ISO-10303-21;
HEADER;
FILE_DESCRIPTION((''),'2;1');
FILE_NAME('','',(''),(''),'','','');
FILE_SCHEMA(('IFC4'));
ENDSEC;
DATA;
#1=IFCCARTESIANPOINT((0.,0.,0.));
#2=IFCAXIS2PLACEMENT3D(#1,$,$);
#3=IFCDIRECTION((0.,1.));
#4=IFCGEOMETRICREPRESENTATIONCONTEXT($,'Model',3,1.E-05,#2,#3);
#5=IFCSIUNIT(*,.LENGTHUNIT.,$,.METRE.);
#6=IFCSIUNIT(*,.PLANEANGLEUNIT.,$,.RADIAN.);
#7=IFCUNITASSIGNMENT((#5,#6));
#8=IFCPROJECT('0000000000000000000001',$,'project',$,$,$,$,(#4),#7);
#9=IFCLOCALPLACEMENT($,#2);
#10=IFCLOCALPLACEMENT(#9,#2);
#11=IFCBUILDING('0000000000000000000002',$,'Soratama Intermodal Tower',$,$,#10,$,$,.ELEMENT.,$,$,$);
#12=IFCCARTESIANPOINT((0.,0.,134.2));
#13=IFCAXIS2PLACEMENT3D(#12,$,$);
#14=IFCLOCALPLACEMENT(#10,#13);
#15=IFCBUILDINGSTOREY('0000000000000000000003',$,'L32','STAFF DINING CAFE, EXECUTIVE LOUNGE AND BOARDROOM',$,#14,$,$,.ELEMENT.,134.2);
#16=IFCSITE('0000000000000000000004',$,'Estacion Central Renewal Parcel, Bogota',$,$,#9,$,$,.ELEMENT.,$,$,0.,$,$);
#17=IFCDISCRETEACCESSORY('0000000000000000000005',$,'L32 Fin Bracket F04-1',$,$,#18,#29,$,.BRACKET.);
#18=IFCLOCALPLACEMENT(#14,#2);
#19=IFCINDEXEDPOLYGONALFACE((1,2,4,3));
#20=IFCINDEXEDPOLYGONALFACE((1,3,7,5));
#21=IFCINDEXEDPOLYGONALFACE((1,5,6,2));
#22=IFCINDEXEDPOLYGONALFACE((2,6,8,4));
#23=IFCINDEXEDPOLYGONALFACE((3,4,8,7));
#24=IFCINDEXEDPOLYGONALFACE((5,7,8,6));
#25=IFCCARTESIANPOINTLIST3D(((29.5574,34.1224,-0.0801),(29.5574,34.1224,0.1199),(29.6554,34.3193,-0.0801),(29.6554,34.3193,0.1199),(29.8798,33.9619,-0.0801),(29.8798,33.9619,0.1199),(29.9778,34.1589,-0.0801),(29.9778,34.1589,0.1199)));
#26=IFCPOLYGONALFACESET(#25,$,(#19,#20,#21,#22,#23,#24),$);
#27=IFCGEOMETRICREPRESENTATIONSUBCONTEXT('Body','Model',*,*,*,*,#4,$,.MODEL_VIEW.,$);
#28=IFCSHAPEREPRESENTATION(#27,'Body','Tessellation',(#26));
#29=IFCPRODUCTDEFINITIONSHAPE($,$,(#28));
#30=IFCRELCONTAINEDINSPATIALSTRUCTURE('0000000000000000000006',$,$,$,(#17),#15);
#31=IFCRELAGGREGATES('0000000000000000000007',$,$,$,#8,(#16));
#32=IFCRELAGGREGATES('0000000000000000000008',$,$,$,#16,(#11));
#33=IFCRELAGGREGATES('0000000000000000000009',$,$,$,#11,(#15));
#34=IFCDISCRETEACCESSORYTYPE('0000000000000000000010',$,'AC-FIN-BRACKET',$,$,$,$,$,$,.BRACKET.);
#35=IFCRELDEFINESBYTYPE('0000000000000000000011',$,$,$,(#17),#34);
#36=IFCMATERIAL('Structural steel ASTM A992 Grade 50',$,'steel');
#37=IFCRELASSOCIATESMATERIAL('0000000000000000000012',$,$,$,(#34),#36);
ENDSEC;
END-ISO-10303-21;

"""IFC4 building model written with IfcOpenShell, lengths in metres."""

from ifc_helpers import new_model, si_unit, direction, frame, origin, origin_2d, place, context, subcontext, project, spatial, rectangle, extrude, material, type_object, element, save


model = new_model("IFC4")

# Units and contexts
model_context = context("Model", 3, precision=1e-05, world=origin(), true_north=direction((0.0, 1.0)))
body_context = subcontext(model_context, "Body", "Model", "MODEL_VIEW")
ifc_project = project(units=[si_unit("LENGTHUNIT", "METRE"), si_unit("PLANEANGLEUNIT", "RADIAN")], contexts=[model_context])

# Site, building, storey
site_placement = place(None, origin())
site = spatial("IfcSite", under=ifc_project, at=site_placement, Name="Estacion Central Renewal Parcel, Bogota", CompositionType="ELEMENT", RefElevation=0.0)
building_placement = place(site_placement, origin())
building = spatial("IfcBuilding", under=site, at=building_placement, Name="Soratama Intermodal Tower", CompositionType="ELEMENT")
storey_placement = place(building_placement, frame((0.0, 0.0, 134.2)))
storey = spatial("IfcBuildingStorey", under=building, at=storey_placement, Name="L32", Description="STAFF DINING CAFE, EXECUTIVE LOUNGE AND BOARDROOM", CompositionType="ELEMENT", Elevation=134.2)

# Discrete accessory
ifc_material_1 = material(Name="Structural steel ASTM A992 Grade 50", Category="steel")
discrete_accessory_type = type_object("IfcDiscreteAccessoryType", Name="AC-FIN-BRACKET", PredefinedType="BRACKET", material=ifc_material_1)
discrete_accessory_placement = place(storey_placement, frame((29.7676, 34.1406, -0.0801), z_axis=(0.0, 0.0, 1.0), x_axis=(-0.895246, 0.445573, 0.0)))
element("IfcDiscreteAccessory", 1, at=discrete_accessory_placement, inside=storey, type_object=discrete_accessory_type, Name="L32 Fin Bracket F04-1", PredefinedType="BRACKET", context=body_context, shape_type="SweptSolid", body=[
    extrude(rectangle(XDim=0.3601, YDim=0.22, at=origin_2d()), origin(), (0.0, 0.0, 1.0), 0.2),
])

save(model, "model.ifc")
